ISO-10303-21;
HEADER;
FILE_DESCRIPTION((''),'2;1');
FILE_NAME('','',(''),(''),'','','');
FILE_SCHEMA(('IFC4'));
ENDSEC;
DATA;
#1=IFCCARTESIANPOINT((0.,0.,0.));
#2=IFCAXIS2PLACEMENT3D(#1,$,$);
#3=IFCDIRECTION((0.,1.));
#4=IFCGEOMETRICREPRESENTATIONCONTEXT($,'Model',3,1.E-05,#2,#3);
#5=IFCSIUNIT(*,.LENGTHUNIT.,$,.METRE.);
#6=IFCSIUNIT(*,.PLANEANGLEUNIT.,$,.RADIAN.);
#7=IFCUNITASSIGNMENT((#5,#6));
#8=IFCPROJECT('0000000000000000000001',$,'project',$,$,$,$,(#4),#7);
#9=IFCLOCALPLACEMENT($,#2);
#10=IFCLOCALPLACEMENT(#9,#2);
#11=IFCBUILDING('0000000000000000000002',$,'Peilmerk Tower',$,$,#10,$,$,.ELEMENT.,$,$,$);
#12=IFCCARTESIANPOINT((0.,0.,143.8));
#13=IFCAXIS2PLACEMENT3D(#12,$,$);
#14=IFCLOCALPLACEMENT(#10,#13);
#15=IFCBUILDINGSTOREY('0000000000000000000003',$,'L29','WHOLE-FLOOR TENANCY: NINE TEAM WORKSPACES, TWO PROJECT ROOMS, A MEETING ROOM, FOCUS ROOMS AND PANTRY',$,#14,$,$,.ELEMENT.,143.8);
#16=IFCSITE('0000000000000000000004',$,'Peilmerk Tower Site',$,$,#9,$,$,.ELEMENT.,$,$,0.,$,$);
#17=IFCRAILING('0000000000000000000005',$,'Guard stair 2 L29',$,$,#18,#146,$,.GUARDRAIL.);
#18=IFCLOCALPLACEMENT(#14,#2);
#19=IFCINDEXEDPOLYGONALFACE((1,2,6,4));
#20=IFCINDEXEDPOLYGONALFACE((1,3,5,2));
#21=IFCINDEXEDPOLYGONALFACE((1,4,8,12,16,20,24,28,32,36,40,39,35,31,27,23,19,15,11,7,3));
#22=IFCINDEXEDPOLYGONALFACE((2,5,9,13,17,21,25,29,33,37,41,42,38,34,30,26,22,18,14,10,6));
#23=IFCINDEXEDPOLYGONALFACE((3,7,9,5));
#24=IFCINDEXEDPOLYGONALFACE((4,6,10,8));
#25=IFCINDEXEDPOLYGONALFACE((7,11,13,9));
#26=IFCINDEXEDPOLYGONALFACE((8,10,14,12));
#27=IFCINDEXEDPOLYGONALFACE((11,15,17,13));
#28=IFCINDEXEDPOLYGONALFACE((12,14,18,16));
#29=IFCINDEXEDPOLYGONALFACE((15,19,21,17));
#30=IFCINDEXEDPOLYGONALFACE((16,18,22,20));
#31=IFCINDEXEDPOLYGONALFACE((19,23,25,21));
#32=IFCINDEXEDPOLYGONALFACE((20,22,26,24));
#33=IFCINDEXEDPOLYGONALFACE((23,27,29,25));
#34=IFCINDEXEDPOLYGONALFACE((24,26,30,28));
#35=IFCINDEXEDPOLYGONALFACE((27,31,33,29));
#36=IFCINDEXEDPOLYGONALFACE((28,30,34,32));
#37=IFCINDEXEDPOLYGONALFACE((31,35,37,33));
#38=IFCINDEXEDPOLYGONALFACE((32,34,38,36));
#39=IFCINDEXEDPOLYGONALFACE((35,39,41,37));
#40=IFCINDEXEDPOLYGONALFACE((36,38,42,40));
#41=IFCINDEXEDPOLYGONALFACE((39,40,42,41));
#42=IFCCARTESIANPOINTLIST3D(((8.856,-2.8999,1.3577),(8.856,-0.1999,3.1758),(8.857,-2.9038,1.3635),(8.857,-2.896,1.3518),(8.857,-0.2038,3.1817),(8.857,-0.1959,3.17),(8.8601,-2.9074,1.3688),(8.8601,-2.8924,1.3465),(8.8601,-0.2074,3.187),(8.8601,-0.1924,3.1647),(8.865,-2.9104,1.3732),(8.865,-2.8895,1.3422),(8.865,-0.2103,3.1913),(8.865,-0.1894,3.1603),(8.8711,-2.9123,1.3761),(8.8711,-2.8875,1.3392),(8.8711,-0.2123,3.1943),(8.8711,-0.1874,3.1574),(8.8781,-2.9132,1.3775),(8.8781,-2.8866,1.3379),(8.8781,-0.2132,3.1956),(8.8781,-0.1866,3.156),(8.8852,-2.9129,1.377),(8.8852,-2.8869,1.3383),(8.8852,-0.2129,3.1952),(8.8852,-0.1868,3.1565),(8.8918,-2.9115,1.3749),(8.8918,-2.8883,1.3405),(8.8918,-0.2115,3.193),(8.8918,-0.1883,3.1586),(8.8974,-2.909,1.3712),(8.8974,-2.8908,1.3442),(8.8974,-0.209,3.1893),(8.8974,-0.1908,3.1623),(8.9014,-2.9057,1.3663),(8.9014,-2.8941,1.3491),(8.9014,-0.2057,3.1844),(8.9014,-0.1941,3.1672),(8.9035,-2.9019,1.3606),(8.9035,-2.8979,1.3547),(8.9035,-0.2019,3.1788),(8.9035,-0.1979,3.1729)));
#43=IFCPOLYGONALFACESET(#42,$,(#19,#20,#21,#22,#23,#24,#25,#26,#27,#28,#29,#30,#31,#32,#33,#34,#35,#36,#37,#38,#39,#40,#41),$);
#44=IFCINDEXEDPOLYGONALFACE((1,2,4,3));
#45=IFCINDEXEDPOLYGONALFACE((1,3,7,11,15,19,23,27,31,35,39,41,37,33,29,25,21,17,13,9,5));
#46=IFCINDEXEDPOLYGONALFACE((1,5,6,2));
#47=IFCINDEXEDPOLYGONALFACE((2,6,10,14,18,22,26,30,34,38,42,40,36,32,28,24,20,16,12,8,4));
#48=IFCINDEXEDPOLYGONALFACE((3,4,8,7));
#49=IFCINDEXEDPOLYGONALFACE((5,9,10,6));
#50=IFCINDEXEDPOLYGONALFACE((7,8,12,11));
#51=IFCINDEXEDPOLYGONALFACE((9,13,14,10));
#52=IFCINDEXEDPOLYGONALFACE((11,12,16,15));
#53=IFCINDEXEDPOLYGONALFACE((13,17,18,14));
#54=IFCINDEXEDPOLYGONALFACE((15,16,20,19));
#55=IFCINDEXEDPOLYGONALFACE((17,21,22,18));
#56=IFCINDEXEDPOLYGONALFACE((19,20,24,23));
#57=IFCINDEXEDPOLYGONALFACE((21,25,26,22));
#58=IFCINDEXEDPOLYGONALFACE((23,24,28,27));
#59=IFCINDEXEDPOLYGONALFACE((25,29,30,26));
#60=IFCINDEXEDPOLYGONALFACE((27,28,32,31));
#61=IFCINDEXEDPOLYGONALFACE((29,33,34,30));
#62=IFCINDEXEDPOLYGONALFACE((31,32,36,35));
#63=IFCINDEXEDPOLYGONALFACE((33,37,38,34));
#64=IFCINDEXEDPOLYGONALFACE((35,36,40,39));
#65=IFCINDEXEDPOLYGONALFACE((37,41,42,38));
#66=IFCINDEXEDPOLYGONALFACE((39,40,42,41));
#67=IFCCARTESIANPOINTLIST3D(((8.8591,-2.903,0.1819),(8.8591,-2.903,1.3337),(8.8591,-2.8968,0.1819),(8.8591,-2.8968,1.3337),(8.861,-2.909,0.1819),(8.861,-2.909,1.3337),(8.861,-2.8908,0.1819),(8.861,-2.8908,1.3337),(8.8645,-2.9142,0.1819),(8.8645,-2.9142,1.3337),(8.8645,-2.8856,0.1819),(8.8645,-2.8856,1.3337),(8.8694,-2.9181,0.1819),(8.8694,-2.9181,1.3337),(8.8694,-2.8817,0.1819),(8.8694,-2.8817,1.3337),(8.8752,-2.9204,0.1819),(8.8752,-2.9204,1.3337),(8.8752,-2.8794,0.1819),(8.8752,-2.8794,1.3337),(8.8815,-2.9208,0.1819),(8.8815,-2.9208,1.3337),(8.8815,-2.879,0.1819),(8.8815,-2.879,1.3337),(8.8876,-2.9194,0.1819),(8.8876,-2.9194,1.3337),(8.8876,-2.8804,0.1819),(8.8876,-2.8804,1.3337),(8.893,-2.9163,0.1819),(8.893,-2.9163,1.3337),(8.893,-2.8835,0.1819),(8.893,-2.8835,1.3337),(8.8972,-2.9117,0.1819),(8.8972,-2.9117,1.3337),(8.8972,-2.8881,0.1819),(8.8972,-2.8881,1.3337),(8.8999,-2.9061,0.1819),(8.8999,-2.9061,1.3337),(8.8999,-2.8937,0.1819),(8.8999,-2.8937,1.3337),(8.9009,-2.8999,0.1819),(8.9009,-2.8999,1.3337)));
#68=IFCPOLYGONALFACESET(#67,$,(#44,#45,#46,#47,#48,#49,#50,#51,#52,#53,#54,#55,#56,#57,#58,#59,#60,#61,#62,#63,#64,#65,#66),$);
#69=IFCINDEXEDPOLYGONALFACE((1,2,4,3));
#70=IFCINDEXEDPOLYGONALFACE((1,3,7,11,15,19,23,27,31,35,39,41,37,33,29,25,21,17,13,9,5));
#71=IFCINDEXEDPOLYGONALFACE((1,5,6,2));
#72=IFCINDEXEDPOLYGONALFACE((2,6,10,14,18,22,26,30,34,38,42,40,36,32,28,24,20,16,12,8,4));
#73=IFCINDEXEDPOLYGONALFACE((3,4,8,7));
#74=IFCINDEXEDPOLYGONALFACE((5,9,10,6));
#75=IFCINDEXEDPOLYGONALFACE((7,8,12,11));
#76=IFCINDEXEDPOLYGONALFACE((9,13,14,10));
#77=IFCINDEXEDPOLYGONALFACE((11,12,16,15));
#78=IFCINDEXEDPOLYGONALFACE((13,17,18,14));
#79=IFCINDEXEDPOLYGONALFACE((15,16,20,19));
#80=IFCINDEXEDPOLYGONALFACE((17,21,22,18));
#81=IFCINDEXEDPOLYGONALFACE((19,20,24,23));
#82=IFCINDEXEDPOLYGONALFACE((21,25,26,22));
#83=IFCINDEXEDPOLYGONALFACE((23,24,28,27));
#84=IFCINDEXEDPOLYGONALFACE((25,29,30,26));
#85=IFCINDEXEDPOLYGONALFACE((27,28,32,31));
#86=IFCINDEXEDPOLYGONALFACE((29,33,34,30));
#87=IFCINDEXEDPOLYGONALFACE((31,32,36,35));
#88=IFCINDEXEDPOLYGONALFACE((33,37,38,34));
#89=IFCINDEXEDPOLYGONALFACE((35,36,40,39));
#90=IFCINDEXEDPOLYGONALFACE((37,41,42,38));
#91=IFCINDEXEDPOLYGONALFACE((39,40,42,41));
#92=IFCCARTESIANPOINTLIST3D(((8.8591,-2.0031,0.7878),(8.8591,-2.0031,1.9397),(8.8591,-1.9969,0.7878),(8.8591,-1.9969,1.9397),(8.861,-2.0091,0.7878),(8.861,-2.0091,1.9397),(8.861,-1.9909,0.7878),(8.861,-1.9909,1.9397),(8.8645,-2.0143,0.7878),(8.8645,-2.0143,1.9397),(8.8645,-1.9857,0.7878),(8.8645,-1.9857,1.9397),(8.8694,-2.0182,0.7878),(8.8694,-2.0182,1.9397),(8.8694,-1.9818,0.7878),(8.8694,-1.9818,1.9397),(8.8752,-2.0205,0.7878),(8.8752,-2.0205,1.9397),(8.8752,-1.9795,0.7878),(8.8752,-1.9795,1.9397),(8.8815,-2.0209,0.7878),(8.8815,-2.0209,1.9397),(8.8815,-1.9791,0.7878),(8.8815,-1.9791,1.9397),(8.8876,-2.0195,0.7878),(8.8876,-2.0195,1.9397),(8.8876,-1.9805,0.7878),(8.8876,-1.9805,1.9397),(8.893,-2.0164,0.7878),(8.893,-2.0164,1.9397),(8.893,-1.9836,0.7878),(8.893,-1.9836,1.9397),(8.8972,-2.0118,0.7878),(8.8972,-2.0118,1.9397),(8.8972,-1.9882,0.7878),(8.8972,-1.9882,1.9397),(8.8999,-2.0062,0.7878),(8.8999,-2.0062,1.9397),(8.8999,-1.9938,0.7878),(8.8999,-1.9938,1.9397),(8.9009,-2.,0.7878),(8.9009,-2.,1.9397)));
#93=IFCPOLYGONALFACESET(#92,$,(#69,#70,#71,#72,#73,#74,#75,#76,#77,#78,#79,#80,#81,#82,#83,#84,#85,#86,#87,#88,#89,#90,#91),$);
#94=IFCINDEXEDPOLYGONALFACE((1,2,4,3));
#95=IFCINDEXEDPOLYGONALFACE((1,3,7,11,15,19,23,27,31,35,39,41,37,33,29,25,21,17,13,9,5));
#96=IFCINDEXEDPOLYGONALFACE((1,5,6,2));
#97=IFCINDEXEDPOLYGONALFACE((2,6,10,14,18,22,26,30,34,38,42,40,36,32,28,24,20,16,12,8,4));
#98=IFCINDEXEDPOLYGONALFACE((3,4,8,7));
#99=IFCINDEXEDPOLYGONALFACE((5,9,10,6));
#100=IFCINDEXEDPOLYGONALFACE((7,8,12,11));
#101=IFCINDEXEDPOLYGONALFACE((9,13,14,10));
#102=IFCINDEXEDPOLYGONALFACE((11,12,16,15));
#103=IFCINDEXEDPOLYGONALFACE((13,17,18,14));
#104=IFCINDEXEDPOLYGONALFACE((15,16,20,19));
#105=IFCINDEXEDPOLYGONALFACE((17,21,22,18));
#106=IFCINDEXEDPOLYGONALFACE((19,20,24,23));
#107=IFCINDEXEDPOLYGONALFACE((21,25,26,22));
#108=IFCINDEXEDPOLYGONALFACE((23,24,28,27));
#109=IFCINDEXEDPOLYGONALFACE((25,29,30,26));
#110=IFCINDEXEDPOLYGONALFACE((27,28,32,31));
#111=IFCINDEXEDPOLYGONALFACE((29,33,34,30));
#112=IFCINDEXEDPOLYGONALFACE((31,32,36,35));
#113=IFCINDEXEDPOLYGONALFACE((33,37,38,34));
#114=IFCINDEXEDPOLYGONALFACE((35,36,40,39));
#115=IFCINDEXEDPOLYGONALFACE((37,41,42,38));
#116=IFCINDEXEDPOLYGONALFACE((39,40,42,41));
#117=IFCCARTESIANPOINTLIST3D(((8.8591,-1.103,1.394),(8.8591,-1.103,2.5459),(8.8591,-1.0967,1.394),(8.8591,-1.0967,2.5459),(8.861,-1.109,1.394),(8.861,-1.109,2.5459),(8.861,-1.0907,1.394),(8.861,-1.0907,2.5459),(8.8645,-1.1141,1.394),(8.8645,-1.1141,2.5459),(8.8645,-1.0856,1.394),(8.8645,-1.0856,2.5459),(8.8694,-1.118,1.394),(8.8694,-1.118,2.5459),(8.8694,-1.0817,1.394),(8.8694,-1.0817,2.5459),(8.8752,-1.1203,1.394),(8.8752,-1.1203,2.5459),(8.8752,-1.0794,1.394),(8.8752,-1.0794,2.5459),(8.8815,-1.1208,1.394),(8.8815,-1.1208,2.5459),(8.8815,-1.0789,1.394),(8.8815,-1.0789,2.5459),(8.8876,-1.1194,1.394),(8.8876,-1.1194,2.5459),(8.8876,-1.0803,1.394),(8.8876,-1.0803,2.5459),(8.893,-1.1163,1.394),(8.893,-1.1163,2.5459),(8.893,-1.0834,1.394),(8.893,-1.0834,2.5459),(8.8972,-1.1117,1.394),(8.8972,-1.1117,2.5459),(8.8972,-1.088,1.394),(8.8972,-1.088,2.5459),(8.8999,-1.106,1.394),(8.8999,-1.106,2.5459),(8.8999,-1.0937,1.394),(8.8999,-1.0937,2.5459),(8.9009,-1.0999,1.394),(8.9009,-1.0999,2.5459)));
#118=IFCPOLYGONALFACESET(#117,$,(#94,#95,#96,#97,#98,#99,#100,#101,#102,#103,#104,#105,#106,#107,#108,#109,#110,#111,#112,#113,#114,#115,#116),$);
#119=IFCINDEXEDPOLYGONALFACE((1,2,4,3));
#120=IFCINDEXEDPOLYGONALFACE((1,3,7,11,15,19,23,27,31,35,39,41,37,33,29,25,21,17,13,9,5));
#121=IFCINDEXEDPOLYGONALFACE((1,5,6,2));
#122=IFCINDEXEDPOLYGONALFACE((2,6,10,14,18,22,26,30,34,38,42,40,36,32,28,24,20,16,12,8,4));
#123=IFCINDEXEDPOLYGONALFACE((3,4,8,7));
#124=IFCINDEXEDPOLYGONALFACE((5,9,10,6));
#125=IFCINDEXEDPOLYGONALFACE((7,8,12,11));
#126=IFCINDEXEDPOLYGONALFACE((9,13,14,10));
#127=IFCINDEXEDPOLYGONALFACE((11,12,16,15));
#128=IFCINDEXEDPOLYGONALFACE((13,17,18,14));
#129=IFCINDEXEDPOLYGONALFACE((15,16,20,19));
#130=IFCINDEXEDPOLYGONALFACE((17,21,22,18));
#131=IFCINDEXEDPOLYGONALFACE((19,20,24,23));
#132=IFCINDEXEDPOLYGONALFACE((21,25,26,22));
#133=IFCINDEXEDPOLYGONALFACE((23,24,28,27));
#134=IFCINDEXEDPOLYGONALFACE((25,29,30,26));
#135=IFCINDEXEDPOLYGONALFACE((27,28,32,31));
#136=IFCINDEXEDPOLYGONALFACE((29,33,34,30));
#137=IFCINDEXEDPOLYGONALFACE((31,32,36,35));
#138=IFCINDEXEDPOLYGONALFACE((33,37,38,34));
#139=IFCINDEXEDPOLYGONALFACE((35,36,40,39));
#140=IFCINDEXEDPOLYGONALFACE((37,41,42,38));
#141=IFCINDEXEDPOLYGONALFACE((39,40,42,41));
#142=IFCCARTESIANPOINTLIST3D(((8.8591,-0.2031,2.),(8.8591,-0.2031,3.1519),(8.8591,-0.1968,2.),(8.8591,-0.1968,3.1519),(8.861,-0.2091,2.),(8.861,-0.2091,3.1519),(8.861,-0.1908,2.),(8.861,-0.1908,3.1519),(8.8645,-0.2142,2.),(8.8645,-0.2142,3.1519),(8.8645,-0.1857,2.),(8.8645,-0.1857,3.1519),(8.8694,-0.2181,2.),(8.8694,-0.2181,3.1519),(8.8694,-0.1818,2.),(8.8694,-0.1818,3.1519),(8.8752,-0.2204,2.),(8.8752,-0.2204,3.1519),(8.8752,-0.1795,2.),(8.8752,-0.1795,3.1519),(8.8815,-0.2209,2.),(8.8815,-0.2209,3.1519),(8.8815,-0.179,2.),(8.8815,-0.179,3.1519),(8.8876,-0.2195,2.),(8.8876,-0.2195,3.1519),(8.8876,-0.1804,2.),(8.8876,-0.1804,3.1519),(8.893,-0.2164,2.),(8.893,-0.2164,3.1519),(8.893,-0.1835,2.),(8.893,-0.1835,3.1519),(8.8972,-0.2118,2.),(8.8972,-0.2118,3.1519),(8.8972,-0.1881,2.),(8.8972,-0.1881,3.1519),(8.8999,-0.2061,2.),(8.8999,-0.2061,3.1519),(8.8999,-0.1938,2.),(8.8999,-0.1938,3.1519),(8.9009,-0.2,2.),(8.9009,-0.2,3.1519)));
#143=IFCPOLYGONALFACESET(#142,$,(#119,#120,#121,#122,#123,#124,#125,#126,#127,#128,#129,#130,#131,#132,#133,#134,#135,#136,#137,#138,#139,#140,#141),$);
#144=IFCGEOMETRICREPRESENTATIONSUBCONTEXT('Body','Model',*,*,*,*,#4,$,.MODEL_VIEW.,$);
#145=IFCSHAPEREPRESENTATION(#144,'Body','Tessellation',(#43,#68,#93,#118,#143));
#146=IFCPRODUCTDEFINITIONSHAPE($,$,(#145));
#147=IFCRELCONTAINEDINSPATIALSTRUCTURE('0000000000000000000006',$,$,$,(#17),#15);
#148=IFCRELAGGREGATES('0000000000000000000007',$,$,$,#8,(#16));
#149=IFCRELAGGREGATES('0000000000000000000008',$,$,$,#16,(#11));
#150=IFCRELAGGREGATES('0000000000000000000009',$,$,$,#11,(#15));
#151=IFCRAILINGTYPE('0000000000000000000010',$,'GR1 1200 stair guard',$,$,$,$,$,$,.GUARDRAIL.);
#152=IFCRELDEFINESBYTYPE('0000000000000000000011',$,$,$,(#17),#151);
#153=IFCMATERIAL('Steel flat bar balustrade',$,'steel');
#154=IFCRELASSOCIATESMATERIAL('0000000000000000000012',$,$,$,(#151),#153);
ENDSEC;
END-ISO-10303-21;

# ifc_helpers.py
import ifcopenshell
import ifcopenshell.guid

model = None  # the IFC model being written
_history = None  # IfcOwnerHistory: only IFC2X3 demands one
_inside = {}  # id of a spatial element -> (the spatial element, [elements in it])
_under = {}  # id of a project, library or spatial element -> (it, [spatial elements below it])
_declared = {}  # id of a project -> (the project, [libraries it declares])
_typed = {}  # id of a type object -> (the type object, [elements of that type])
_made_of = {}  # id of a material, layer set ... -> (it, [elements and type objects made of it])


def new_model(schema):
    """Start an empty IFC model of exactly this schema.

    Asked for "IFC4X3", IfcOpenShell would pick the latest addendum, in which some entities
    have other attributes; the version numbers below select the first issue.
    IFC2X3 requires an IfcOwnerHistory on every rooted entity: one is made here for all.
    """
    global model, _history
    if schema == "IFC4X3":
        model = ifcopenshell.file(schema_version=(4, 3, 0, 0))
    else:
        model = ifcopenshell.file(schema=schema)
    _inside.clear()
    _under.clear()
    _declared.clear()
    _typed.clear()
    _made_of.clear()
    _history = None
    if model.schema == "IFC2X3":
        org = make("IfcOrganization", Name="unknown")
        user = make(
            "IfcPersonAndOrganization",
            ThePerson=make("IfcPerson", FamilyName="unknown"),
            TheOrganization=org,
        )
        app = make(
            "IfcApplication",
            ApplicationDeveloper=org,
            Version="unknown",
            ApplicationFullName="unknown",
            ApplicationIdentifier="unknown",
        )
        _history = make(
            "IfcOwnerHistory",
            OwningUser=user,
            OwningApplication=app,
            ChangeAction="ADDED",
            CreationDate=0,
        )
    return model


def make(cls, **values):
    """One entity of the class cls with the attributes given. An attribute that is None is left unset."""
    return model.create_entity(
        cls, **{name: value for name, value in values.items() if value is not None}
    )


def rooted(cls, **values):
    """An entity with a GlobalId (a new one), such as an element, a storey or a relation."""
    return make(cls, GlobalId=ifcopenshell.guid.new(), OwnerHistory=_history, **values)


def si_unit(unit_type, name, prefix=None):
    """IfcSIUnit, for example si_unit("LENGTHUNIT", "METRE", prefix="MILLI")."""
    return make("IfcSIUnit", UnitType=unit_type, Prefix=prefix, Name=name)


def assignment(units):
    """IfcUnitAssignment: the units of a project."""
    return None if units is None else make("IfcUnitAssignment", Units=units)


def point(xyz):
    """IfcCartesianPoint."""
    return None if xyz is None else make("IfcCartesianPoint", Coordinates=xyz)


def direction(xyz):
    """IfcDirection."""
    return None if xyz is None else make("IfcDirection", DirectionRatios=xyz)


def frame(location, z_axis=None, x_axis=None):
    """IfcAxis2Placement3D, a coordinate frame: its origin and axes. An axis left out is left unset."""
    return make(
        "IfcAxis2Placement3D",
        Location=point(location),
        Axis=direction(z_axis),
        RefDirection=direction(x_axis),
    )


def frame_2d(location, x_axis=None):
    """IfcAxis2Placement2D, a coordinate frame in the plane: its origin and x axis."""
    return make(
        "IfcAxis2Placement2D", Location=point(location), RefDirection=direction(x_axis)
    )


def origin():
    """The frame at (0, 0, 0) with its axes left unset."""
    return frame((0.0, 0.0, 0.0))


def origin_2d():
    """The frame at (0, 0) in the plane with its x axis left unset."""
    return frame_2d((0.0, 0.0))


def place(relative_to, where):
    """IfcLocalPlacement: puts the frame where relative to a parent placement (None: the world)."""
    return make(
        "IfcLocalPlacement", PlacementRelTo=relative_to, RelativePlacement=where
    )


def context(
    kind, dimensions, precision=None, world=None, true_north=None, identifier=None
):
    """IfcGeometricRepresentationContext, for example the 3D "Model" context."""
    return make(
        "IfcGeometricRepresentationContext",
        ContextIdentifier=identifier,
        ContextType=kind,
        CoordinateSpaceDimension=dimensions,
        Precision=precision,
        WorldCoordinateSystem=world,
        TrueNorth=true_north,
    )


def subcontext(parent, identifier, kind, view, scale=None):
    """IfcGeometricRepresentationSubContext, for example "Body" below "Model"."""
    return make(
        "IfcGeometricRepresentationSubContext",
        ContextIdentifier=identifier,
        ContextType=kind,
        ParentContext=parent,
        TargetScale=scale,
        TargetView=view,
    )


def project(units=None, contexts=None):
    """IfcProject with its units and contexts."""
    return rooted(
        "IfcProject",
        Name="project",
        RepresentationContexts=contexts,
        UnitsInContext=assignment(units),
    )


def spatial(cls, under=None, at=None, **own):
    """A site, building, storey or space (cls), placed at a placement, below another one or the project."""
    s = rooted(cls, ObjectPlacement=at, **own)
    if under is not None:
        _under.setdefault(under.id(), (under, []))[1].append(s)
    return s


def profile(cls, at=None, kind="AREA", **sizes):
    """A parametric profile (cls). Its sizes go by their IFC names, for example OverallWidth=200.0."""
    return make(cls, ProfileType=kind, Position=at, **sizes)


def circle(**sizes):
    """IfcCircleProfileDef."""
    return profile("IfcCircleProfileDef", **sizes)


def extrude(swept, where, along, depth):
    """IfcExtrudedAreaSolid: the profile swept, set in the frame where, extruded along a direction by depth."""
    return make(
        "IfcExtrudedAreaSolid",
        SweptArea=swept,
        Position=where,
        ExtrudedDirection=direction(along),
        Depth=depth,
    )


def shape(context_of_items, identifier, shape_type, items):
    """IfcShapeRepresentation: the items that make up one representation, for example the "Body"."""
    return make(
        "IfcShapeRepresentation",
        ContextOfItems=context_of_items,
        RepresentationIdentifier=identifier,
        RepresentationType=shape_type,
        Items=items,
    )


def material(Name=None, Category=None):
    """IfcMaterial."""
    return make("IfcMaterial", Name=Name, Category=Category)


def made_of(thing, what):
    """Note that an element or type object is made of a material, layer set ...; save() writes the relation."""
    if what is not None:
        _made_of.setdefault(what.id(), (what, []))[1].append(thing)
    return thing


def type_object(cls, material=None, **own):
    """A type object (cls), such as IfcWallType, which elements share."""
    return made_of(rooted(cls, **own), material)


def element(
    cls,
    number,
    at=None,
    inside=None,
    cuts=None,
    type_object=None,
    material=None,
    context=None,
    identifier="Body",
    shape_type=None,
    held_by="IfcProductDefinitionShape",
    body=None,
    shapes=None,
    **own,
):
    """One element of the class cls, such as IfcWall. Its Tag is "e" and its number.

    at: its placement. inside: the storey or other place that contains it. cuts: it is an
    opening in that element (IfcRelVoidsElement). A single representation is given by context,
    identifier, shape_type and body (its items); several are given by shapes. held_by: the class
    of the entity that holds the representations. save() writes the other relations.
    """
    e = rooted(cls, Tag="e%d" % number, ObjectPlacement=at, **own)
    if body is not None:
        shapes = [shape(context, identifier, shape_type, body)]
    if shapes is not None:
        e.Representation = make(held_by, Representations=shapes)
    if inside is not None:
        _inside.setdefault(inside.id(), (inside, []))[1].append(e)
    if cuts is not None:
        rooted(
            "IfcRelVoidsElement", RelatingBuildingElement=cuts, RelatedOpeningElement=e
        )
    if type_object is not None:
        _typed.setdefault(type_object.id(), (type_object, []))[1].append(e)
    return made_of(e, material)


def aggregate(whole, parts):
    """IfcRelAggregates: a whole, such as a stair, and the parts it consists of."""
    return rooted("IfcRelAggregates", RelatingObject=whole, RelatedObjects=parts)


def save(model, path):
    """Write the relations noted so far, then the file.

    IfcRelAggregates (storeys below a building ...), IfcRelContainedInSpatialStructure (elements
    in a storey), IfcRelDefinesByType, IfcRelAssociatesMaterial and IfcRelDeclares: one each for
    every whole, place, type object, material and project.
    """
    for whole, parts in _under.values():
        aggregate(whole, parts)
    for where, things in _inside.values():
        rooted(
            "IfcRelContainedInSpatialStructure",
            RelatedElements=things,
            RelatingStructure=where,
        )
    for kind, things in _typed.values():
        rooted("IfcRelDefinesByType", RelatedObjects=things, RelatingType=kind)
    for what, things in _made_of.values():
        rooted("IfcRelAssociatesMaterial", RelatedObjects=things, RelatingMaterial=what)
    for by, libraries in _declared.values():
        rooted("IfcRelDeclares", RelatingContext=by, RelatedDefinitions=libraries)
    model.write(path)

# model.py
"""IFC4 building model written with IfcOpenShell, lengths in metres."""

from ifc_helpers import new_model, si_unit, direction, frame, origin, origin_2d, place, context, subcontext, project, spatial, circle, extrude, material, type_object, element, save


model = new_model("IFC4")

# Units and contexts
model_context = context("Model", 3, precision=1e-05, world=origin(), true_north=direction((0.0, 1.0)))
body_context = subcontext(model_context, "Body", "Model", "MODEL_VIEW")
ifc_project = project(units=[si_unit("LENGTHUNIT", "METRE"), si_unit("PLANEANGLEUNIT", "RADIAN")], contexts=[model_context])

# Site, building, storey
site_placement = place(None, origin())
site = spatial("IfcSite", under=ifc_project, at=site_placement, Name="Peilmerk Tower Site", CompositionType="ELEMENT", RefElevation=0.0)
building_placement = place(site_placement, origin())
building = spatial("IfcBuilding", under=site, at=building_placement, Name="Peilmerk Tower", CompositionType="ELEMENT")
storey_placement = place(building_placement, frame((0.0, 0.0, 143.8)))
storey = spatial("IfcBuildingStorey", under=building, at=storey_placement, Name="L29", Description="WHOLE-FLOOR TENANCY: NINE TEAM WORKSPACES, TWO PROJECT ROOMS, A MEETING ROOM, FOCUS ROOMS AND PANTRY", CompositionType="ELEMENT", Elevation=143.8)

# Railing
ifc_material_1 = material(Name="Steel flat bar balustrade", Category="steel")
railing_type_1 = type_object("IfcRailingType", Name="GR1 1200 stair guard", PredefinedType="GUARDRAIL", material=ifc_material_1)
railing_1_placement = place(storey_placement, frame((8.8799, -2.8999, 0.1819)))
element("IfcRailing", 1, at=railing_1_placement, inside=storey, type_object=railing_type_1, Name="Guard stair 2 L29", PredefinedType="GUARDRAIL", context=body_context, shape_type="SweptSolid", body=[
    extrude(circle(Radius=0.0239, at=origin_2d()), frame((0.0, 0.0, 1.1758), z_axis=(0.0, 0.829468, 0.558554), x_axis=(-1.0, 0.0, 0.0)), (0.0, 0.0, 1.0), 3.2551),
    extrude(circle(Radius=0.021, at=origin_2d()), origin(), (0.0, 0.0, 1.0), 1.1519),
    extrude(circle(Radius=0.021, at=origin_2d()), frame((0.0, 0.8999, 0.606)), (0.0, 0.0, 1.0), 1.1519),
    extrude(circle(Radius=0.021, at=origin_2d()), frame((0.0, 1.8, 1.2122)), (0.0, 0.0, 1.0), 1.1519),
    extrude(circle(Radius=0.021, at=origin_2d()), frame((0.0, 2.7, 1.8181)), (0.0, 0.0, 1.0), 1.1519),
])

save(model, "model.ifc")
